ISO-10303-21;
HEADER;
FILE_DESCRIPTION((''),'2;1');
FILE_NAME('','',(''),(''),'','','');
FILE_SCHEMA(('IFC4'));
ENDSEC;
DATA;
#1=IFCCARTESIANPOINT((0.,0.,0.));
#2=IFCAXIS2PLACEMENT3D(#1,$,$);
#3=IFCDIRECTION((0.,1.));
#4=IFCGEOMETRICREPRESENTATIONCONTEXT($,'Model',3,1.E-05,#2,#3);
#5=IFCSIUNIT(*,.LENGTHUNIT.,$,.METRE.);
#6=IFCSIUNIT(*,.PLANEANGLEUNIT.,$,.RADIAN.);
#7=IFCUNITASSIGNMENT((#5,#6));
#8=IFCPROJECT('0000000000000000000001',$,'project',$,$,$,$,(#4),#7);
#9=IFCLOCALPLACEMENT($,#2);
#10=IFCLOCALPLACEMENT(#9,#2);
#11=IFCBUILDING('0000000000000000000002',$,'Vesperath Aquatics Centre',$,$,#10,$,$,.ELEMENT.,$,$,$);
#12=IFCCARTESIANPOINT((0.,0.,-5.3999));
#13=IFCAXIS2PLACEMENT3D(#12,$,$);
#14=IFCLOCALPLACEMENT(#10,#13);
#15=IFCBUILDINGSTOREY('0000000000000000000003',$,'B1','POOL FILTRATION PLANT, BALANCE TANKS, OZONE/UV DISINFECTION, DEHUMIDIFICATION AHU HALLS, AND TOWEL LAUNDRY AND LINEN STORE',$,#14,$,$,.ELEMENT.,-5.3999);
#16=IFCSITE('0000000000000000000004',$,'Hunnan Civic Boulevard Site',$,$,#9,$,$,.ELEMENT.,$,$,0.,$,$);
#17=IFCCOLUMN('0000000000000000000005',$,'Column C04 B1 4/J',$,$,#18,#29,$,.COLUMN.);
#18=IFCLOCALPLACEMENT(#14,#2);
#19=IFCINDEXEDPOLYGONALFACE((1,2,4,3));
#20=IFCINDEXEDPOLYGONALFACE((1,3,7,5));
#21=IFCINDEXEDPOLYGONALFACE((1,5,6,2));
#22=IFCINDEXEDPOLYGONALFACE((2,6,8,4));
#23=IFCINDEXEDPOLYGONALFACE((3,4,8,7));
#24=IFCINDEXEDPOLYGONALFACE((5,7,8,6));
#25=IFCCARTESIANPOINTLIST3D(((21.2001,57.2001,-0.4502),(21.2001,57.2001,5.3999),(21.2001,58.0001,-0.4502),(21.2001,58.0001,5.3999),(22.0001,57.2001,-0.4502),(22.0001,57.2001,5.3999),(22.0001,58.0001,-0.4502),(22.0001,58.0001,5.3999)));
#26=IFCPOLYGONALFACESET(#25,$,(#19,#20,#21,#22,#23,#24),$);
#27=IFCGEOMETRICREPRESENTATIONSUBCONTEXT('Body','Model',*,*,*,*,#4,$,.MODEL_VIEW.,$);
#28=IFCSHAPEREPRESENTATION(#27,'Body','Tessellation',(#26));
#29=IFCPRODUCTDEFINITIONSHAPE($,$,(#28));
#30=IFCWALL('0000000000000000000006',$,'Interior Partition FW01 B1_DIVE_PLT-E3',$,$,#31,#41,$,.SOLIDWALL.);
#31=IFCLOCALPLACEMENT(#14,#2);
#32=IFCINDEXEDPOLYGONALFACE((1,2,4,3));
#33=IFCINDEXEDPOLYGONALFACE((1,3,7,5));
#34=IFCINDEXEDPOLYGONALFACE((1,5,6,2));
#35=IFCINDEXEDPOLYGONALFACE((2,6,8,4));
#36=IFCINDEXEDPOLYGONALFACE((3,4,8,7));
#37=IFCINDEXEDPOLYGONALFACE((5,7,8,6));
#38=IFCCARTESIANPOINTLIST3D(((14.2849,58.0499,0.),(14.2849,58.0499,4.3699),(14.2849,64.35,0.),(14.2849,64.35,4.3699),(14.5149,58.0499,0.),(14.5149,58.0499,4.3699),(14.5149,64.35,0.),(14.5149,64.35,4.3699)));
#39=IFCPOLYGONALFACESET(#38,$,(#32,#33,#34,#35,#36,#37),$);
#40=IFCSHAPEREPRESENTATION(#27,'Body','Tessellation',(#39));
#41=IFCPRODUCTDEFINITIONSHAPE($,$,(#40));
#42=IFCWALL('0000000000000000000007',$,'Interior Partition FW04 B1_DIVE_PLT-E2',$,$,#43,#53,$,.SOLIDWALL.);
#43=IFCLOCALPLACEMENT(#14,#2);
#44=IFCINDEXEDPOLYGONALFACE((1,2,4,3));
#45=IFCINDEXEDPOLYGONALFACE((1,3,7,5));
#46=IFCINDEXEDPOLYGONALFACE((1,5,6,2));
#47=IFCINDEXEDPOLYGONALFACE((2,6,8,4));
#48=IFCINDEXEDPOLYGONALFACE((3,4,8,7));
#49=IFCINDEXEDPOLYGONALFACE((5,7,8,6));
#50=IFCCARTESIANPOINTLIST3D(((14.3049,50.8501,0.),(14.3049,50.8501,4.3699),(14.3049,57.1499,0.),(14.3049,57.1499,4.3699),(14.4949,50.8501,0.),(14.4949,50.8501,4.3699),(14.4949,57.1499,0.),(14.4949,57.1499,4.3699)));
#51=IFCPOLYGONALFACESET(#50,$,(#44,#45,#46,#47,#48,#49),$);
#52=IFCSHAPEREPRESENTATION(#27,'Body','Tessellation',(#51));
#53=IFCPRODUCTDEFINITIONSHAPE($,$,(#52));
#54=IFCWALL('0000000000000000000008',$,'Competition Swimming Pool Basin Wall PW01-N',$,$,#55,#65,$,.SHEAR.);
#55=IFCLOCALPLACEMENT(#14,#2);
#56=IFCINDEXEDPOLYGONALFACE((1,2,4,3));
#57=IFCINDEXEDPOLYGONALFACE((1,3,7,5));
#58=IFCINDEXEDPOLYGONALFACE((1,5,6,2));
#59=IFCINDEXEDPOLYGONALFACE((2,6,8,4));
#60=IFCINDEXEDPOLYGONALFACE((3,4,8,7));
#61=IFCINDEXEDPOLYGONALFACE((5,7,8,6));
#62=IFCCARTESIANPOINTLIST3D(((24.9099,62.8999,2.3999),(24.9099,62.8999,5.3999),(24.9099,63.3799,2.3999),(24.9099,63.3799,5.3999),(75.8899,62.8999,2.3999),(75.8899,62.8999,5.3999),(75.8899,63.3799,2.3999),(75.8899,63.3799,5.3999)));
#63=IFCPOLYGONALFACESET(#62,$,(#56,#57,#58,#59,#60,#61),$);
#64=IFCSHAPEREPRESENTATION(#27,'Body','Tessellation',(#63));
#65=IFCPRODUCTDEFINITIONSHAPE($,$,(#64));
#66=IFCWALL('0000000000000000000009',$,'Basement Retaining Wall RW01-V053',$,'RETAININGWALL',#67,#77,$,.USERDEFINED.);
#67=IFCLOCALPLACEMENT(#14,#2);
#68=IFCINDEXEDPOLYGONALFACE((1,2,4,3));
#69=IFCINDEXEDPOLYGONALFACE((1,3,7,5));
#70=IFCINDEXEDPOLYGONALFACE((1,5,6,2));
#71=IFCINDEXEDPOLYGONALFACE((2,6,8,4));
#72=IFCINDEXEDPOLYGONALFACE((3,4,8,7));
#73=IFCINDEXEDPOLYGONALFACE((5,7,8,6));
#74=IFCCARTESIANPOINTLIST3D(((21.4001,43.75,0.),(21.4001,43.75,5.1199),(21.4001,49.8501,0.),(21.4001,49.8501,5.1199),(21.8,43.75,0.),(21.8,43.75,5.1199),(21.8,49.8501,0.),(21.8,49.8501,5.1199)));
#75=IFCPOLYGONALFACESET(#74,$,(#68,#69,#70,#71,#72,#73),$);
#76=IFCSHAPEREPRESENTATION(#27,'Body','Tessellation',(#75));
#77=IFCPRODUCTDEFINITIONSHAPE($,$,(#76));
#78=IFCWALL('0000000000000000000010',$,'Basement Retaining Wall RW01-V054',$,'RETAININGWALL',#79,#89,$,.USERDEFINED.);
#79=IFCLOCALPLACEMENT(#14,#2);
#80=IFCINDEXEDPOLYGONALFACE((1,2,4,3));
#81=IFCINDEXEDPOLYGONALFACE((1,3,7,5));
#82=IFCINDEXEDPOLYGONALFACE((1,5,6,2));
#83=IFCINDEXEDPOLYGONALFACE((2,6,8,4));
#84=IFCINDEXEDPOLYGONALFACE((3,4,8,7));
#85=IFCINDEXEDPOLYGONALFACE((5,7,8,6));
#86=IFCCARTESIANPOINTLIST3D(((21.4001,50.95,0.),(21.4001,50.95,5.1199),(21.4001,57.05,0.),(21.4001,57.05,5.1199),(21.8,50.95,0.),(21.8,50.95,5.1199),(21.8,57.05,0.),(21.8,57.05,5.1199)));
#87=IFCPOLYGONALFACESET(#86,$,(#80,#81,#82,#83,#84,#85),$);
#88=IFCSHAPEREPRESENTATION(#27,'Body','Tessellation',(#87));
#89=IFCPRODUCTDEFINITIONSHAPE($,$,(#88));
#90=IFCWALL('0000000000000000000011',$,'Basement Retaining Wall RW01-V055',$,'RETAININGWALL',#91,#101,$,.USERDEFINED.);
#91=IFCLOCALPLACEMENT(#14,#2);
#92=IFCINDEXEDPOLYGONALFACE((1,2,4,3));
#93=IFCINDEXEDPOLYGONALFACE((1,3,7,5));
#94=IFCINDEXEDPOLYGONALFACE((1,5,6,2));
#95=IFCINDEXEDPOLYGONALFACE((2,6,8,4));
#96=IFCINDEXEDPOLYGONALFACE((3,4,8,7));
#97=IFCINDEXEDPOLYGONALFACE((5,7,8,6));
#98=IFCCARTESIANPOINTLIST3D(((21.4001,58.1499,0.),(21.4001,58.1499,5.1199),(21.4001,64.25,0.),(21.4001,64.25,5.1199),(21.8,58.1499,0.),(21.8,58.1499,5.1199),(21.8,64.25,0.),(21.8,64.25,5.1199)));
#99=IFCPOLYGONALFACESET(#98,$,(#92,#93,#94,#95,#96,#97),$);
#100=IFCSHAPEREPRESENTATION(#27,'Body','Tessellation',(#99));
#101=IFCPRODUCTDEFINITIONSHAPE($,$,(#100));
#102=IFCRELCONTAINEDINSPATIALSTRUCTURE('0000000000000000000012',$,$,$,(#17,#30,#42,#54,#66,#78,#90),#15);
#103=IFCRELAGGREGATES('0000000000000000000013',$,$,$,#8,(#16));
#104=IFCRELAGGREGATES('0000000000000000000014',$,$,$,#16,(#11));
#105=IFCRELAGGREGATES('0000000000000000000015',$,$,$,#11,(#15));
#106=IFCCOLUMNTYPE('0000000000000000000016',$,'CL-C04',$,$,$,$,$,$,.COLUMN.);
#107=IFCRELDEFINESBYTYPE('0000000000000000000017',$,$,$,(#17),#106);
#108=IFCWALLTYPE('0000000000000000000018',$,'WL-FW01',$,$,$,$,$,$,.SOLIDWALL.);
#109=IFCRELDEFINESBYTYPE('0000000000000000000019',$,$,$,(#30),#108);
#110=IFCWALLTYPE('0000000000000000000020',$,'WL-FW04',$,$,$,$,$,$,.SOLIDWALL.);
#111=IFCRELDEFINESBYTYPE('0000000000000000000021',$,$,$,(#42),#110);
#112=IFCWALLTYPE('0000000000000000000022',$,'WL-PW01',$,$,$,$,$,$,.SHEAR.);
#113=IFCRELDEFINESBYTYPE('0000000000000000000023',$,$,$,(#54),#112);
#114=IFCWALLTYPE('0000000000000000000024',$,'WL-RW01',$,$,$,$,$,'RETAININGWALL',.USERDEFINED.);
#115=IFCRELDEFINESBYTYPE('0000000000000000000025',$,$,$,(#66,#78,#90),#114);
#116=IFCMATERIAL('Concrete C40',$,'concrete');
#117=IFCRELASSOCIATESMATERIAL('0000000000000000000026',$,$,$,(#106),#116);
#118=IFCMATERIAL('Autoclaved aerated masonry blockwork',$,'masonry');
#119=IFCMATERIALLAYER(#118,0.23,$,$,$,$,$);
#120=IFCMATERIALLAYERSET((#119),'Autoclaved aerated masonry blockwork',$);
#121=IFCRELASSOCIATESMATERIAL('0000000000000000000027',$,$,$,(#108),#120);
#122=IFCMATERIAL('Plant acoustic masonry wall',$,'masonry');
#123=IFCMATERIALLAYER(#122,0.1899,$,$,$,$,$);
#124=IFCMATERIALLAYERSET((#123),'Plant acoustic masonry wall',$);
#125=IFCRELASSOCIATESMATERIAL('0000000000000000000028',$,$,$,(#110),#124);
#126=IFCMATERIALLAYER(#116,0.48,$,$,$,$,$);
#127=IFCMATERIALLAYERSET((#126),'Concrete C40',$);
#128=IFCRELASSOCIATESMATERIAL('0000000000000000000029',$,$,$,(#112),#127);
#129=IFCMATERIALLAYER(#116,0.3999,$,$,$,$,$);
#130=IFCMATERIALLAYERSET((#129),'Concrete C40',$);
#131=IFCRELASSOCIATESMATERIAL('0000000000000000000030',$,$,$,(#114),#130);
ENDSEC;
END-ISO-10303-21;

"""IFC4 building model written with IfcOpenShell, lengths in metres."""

from ifc_helpers import new_model, si_unit, direction, frame, frame_2d, origin, origin_2d, place, context, subcontext, project, spatial, rectangle, extrude, material, layer, layer_set, material_profile, profile_set, type_object, element, save


model = new_model("IFC4")

# Units and contexts
model_context = context("Model", 3, precision=1e-05, world=origin(), true_north=direction((0.0, 1.0)))
body_context = subcontext(model_context, "Body", "Model", "MODEL_VIEW")
ifc_project = project(units=[si_unit("LENGTHUNIT", "METRE"), si_unit("PLANEANGLEUNIT", "RADIAN")], contexts=[model_context])

# Site, building, storey
site_placement = place(None, origin())
site = spatial("IfcSite", under=ifc_project, at=site_placement, Name="Hunnan Civic Boulevard Site", CompositionType="ELEMENT", RefElevation=0.0)
building_placement = place(site_placement, origin())
building = spatial("IfcBuilding", under=site, at=building_placement, Name="Vesperath Aquatics Centre", CompositionType="ELEMENT")
storey_placement = place(building_placement, frame((0.0, 0.0, -5.3999)))
storey = spatial("IfcBuildingStorey", under=building, at=storey_placement, Name="B1", Description="POOL FILTRATION PLANT, BALANCE TANKS, OZONE/UV DISINFECTION, DEHUMIDIFICATION AHU HALLS, AND TOWEL LAUNDRY AND LINEN STORE", CompositionType="ELEMENT", Elevation=-5.3999)

# Shared definitions
ifc_material_1 = material(Name="Concrete C40", Category="concrete")

# Column
ifc_material_profile_1 = material_profile(ifc_material_1, rectangle(XDim=0.8, YDim=0.8, at=origin_2d()), Name="RC 800x800")
ifc_profile_set_1 = profile_set([ifc_material_profile_1], Name="Concrete C40")
column_type = type_object("IfcColumnType", Name="CL-C04", PredefinedType="COLUMN", material=ifc_profile_set_1)
for number, where, z_axis, x_axis, name in (
    (1, (21.6001, 57.6001, -0.4502), (0.0, 0.0, 1.0), (1.0, 0.0, 0.0), "Column C04 B1 4/J"),
):
    element("IfcColumn", number, at=place(storey_placement, frame(where, z_axis=z_axis, x_axis=x_axis)), inside=storey, type_object=column_type, Name=name, PredefinedType="COLUMN", context=body_context, shape_type="SweptSolid", body=[
        extrude(rectangle(XDim=0.8, YDim=0.8, at=origin_2d()), origin(), (0.0, 0.0, 1.0), 5.8501),
    ])

# Walls
ifc_material_2 = material(Name="Autoclaved aerated masonry blockwork", Category="masonry")
ifc_layer_1 = layer(ifc_material_2, 0.23)
ifc_layer_set_1 = layer_set([ifc_layer_1], Name="Autoclaved aerated masonry blockwork")
wall_type_1 = type_object("IfcWallType", Name="WL-FW01", PredefinedType="SOLIDWALL", material=ifc_layer_set_1)
wall_1_placement = place(storey_placement, frame((14.3999, 58.05, 0.0), z_axis=(0.0, 0.0, 1.0), x_axis=(0.0, 1.0, 0.0)))
element("IfcWall", 2, at=wall_1_placement, inside=storey, type_object=wall_type_1, Name="Interior Partition FW01 B1_DIVE_PLT-E3", PredefinedType="SOLIDWALL", context=body_context, shape_type="SweptSolid", body=[
    extrude(rectangle(XDim=6.3, YDim=0.23, at=frame_2d((3.1499, 0.0))), origin(), (0.0, 0.0, 1.0), 4.3699),
])
ifc_material_3 = material(Name="Plant acoustic masonry wall", Category="masonry")
ifc_layer_2 = layer(ifc_material_3, 0.1899)
ifc_layer_set_2 = layer_set([ifc_layer_2], Name="Plant acoustic masonry wall")
wall_type_2 = type_object("IfcWallType", Name="WL-FW04", PredefinedType="SOLIDWALL", material=ifc_layer_set_2)
wall_2_placement = place(storey_placement, frame((14.3999, 50.8501, 0.0), z_axis=(0.0, 0.0, 1.0), x_axis=(0.0, 1.0, 0.0)))
element("IfcWall", 3, at=wall_2_placement, inside=storey, type_object=wall_type_2, Name="Interior Partition FW04 B1_DIVE_PLT-E2", PredefinedType="SOLIDWALL", context=body_context, shape_type="SweptSolid", body=[
    extrude(rectangle(XDim=6.2998, YDim=0.1899, at=frame_2d((3.1499, 0.0))), origin(), (0.0, 0.0, 1.0), 4.3699),
])
ifc_layer_3 = layer(ifc_material_1, 0.48)
ifc_layer_set_3 = layer_set([ifc_layer_3], Name="Concrete C40")
wall_type_3 = type_object("IfcWallType", Name="WL-PW01", PredefinedType="SHEAR", material=ifc_layer_set_3)
wall_3_placement = place(storey_placement, frame((24.9099, 63.1399, 2.3999), z_axis=(0.0, 0.0, 1.0), x_axis=(1.0, 0.0, 0.0)))
element("IfcWall", 4, at=wall_3_placement, inside=storey, type_object=wall_type_3, Name="Competition Swimming Pool Basin Wall PW01-N", PredefinedType="SHEAR", context=body_context, shape_type="SweptSolid", body=[
    extrude(rectangle(XDim=50.98, YDim=0.48, at=frame_2d((25.49, 0.0))), origin(), (0.0, 0.0, 1.0), 3.0),
])
ifc_layer_4 = layer(ifc_material_1, 0.3999)
ifc_layer_set_4 = layer_set([ifc_layer_4], Name="Concrete C40")
wall_type_4 = type_object("IfcWallType", Name="WL-RW01", ElementType="RETAININGWALL", PredefinedType="USERDEFINED", material=ifc_layer_set_4)
for number, where, z_axis, x_axis, name in (
    (5, (21.6001, 43.75, 0.0), (0.0, 0.0, 1.0), (0.0, 1.0, 0.0), "Basement Retaining Wall RW01-V053"),
    (6, (21.6001, 50.95, 0.0), (0.0, 0.0, 1.0), (0.0, 1.0, 0.0), "Basement Retaining Wall RW01-V054"),
    (7, (21.6001, 58.1499, 0.0), (0.0, 0.0, 1.0), (0.0, 1.0, 0.0), "Basement Retaining Wall RW01-V055"),
):
    element("IfcWall", number, at=place(storey_placement, frame(where, z_axis=z_axis, x_axis=x_axis)), inside=storey, type_object=wall_type_4, Name=name, ObjectType="RETAININGWALL", PredefinedType="USERDEFINED", context=body_context, shape_type="SweptSolid", body=[
        extrude(rectangle(XDim=6.1001, YDim=0.3999, at=frame_2d((3.05, 0.0))), origin(), (0.0, 0.0, 1.0), 5.1199),
    ])

save(model, "model.ifc")
